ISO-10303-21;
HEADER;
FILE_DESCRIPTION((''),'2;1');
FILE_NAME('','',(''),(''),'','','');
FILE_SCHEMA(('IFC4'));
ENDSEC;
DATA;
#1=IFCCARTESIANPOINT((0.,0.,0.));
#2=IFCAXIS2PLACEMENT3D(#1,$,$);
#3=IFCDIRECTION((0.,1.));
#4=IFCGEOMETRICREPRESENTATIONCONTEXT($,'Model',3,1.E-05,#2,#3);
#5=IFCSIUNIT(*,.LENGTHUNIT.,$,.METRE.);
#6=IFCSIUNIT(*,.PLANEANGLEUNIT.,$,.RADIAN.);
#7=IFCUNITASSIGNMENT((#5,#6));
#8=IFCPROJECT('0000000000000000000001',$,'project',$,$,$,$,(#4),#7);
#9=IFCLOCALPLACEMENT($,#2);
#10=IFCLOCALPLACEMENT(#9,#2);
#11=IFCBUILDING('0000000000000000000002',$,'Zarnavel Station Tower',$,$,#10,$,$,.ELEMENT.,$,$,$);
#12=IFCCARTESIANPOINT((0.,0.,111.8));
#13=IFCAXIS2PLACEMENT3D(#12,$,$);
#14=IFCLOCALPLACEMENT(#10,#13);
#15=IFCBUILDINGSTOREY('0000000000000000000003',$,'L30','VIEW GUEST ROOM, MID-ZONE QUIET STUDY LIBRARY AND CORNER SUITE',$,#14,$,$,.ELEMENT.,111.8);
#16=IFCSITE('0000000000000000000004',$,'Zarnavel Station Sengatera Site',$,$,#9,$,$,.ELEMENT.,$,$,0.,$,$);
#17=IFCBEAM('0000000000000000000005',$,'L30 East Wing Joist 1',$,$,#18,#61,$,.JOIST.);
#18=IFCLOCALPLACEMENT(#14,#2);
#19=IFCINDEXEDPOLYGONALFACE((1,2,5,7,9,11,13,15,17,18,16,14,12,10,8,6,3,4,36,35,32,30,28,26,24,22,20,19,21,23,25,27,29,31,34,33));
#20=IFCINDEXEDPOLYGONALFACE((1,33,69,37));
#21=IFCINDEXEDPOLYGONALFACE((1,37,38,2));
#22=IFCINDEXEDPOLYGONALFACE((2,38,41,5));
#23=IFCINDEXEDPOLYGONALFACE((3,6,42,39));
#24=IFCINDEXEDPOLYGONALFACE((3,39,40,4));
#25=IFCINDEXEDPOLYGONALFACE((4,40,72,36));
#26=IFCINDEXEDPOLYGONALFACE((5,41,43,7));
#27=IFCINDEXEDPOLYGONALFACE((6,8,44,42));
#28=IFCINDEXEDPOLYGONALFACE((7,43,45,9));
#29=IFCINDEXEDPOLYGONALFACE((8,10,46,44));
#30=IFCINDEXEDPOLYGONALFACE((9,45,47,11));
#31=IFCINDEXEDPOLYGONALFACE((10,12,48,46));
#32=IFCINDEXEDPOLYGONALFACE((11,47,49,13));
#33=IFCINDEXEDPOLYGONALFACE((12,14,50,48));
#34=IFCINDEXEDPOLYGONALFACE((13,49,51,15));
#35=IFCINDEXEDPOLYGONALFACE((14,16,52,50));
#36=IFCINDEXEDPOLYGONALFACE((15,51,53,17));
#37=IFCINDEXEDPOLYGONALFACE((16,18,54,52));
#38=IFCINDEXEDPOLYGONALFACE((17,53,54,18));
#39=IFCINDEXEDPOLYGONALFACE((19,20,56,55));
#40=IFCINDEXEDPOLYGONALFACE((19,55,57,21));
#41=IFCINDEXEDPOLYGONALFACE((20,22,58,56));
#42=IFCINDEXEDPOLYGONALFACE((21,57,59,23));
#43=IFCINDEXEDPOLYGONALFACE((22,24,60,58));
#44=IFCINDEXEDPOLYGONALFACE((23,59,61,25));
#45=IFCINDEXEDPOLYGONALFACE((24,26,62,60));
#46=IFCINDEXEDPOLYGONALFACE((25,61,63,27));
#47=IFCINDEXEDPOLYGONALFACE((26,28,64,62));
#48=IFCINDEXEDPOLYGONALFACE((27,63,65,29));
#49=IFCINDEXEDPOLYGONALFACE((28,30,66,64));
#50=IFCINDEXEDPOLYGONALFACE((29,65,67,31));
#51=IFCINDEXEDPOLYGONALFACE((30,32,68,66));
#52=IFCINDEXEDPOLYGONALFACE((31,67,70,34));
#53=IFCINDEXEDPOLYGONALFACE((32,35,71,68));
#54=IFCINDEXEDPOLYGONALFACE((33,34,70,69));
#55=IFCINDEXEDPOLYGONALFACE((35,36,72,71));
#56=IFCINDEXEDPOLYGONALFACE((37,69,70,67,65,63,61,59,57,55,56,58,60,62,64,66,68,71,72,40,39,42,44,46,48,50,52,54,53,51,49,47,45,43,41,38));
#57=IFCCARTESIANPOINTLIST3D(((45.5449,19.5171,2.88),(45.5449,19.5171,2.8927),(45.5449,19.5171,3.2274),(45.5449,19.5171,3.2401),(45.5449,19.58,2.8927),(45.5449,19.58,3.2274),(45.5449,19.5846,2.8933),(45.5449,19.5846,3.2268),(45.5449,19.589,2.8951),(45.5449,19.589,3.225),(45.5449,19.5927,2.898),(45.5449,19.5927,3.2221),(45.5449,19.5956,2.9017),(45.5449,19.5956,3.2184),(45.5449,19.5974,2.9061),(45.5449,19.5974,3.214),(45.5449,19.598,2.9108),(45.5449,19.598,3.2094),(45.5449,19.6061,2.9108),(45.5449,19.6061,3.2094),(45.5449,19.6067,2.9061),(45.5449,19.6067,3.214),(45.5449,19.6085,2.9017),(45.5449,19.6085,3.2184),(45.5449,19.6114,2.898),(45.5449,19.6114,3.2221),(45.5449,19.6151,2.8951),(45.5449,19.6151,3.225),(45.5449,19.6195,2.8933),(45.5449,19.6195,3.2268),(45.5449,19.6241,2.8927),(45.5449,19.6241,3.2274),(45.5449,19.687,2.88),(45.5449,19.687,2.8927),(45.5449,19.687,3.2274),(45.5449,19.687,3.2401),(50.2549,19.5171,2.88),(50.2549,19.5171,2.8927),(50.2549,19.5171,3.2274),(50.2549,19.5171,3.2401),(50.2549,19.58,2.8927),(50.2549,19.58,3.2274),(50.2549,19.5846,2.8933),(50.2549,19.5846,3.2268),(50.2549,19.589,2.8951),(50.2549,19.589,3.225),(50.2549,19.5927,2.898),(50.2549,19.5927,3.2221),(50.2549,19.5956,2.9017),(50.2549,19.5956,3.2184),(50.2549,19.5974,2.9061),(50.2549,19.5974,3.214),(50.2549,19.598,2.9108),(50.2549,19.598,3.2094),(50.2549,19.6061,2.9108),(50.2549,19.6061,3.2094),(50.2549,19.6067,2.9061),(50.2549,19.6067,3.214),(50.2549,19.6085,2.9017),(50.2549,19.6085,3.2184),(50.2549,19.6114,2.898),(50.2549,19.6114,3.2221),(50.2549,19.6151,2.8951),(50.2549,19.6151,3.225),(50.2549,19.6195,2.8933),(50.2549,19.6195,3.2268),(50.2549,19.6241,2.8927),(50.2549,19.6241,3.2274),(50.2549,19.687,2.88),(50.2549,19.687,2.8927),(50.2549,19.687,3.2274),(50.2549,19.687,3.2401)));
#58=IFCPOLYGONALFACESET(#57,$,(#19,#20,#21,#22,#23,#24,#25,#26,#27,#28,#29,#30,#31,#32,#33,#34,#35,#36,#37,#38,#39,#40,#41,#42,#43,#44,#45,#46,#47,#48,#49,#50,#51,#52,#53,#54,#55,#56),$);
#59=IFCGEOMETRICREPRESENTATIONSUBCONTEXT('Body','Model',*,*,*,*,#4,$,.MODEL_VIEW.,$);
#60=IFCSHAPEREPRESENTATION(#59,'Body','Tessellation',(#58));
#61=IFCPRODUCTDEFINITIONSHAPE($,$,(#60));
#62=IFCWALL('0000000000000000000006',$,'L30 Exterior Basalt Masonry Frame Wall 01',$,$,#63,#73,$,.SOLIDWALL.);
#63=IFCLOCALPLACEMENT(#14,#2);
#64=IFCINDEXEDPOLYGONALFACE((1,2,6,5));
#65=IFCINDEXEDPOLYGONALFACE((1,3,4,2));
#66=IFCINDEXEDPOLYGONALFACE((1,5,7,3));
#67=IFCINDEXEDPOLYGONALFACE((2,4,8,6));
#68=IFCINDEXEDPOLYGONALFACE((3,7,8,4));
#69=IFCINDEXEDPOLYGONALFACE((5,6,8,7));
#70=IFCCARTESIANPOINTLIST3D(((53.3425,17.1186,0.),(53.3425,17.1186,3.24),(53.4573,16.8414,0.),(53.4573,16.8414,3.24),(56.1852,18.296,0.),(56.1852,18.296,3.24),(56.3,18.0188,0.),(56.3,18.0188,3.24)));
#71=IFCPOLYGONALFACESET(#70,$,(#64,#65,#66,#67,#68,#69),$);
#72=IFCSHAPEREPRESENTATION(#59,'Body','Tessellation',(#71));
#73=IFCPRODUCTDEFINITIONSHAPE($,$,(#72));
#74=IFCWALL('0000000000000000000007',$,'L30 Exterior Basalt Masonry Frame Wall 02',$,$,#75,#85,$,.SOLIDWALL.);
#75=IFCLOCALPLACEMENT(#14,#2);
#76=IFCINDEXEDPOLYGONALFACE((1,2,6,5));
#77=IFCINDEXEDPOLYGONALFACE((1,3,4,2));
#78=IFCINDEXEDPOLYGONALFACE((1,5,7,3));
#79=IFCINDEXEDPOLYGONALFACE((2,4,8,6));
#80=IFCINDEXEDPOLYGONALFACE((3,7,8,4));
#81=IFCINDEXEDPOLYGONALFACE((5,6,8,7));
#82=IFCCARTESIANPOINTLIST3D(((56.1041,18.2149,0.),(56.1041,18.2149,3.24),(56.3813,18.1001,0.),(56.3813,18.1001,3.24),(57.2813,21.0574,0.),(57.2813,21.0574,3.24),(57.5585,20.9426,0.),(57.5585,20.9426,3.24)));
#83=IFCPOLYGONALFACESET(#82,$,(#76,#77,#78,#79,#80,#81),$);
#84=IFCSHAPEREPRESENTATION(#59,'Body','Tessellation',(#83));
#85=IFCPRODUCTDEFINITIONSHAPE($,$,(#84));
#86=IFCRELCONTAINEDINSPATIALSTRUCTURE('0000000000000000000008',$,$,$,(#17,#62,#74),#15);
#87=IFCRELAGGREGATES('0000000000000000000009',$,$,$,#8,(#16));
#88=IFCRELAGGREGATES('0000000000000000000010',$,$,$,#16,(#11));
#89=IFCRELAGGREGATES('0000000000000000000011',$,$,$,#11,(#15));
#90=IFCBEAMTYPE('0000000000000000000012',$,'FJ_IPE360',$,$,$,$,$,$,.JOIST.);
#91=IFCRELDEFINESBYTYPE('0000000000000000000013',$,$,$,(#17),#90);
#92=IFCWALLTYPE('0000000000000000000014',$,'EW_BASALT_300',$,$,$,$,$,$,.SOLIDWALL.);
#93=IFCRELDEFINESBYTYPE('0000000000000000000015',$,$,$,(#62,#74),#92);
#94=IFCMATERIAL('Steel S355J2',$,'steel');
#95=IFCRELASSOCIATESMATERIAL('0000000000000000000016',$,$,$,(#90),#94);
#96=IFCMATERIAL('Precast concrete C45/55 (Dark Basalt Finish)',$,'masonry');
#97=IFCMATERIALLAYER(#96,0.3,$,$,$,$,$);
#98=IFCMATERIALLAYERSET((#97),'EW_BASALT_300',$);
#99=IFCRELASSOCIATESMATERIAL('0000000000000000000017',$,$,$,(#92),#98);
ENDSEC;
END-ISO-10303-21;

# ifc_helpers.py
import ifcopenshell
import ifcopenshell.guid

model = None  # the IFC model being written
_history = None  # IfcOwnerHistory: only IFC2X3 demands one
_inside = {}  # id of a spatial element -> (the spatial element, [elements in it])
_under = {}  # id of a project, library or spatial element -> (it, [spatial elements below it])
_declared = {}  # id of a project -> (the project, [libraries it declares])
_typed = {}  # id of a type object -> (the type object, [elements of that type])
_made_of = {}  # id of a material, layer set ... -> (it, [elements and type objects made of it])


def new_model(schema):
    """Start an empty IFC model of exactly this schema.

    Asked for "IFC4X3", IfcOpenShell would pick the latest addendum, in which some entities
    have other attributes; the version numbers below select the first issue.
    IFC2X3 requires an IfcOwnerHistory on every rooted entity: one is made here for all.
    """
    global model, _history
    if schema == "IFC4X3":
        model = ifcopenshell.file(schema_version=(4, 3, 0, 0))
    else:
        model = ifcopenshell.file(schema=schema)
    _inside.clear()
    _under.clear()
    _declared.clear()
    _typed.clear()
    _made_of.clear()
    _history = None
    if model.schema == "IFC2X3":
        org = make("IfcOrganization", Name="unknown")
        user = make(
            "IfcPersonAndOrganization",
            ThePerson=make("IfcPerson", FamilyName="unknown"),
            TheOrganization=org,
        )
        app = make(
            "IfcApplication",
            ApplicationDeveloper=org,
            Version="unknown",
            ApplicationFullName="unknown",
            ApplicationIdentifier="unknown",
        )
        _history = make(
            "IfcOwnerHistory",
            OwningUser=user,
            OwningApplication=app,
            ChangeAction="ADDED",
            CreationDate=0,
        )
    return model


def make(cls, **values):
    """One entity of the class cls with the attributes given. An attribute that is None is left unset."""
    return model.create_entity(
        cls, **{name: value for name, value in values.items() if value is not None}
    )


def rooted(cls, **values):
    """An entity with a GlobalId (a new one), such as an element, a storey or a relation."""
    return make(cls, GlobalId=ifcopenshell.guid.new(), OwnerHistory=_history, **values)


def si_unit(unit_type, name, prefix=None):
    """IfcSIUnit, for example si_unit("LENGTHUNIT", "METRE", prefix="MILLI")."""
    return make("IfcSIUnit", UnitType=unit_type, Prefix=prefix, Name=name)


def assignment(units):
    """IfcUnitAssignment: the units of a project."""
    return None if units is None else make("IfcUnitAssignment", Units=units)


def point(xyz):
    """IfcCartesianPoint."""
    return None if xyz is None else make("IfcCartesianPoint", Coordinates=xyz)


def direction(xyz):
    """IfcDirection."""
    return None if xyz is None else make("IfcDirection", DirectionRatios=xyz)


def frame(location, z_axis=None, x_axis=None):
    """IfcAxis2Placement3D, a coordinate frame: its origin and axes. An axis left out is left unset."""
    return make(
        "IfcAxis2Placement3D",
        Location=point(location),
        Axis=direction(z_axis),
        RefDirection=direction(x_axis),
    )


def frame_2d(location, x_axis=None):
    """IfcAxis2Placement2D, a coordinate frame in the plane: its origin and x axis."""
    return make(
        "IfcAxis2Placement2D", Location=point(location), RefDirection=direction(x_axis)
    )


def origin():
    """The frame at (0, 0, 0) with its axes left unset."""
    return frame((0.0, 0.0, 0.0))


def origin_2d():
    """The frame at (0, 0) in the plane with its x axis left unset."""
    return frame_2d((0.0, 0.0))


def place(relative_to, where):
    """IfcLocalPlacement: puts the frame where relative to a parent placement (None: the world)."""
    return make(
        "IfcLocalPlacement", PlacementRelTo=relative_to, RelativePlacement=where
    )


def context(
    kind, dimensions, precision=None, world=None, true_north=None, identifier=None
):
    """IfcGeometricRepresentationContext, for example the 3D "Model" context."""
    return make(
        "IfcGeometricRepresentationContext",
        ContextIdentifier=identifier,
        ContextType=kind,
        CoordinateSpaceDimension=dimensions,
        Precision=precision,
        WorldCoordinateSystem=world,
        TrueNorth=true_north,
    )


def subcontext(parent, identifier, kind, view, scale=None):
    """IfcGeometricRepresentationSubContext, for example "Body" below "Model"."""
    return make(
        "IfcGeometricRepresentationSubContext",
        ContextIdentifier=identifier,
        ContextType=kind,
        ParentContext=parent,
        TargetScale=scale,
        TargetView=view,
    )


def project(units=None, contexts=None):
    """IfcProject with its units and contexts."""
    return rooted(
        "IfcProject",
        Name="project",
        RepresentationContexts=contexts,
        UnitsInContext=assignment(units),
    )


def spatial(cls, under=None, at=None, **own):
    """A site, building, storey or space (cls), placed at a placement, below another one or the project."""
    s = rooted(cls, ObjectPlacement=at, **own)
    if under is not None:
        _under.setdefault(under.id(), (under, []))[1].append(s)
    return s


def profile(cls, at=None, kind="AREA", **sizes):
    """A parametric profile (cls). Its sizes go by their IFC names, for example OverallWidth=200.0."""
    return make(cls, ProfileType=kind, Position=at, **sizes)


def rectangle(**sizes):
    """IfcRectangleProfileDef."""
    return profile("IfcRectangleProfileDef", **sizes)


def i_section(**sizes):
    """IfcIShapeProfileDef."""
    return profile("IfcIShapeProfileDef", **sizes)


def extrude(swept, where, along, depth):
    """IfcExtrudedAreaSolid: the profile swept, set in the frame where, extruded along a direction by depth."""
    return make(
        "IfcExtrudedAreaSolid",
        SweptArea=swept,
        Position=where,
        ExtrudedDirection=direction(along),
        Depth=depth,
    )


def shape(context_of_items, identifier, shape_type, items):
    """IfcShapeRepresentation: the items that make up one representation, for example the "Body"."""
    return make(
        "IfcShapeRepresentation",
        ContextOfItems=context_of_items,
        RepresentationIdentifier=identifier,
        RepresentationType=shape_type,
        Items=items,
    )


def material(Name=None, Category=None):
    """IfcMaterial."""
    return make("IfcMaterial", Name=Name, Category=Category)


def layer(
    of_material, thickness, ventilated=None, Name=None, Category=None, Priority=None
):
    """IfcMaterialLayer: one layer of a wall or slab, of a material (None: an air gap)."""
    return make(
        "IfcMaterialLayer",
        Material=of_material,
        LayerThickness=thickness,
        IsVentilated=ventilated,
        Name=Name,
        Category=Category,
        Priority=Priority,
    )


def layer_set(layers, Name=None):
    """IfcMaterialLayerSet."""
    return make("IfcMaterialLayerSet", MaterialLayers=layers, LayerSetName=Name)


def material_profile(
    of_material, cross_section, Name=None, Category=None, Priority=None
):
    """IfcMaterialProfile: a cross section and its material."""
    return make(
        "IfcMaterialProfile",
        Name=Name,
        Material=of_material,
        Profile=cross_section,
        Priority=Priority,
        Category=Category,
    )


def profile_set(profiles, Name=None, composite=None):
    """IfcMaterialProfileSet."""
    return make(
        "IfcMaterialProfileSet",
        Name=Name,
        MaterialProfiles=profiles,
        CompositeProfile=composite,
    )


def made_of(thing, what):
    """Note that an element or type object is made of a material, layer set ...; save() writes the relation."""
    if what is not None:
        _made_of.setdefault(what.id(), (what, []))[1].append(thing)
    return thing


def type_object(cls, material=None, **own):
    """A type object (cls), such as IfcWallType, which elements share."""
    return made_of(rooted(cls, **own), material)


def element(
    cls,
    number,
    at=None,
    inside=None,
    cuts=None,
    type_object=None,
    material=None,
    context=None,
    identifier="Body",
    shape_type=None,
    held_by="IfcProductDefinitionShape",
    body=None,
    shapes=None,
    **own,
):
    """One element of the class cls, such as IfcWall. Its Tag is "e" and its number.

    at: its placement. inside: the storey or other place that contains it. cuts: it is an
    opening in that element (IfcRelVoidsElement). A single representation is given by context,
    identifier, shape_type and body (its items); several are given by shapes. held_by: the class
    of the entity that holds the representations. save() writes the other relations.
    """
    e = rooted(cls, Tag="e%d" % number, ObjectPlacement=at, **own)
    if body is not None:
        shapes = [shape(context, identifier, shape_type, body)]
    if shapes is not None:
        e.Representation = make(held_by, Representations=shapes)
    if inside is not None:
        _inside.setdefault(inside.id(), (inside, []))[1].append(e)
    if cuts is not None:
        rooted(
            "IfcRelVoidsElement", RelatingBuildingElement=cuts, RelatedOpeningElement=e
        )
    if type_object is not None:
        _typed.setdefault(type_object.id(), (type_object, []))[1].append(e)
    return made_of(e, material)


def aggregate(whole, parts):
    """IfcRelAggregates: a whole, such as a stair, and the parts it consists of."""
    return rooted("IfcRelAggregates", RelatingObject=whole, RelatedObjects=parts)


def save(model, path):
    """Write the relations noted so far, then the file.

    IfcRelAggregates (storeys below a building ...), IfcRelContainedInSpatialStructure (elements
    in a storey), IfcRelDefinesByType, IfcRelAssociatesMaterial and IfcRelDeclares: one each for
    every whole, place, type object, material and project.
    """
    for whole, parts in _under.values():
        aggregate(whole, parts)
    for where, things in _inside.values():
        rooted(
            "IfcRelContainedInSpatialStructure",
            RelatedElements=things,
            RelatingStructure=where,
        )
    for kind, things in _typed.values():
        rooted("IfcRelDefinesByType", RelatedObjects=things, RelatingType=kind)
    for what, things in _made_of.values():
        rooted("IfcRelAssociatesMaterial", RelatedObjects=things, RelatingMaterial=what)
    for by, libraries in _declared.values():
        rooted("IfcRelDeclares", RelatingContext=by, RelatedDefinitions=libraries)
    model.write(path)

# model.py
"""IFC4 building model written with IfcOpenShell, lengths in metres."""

from ifc_helpers import new_model, si_unit, direction, frame, frame_2d, origin, origin_2d, place, context, subcontext, project, spatial, rectangle, i_section, extrude, material, layer, layer_set, material_profile, profile_set, type_object, element, save


model = new_model("IFC4")

# Units and contexts
model_context = context("Model", 3, precision=1e-05, world=origin(), true_north=direction((0.0, 1.0)))
body_context = subcontext(model_context, "Body", "Model", "MODEL_VIEW")
ifc_project = project(units=[si_unit("LENGTHUNIT", "METRE"), si_unit("PLANEANGLEUNIT", "RADIAN")], contexts=[model_context])

# Site, building, storey
site_placement = place(None, origin())
site = spatial("IfcSite", under=ifc_project, at=site_placement, Name="Zarnavel Station Sengatera Site", CompositionType="ELEMENT", RefElevation=0.0)
building_placement = place(site_placement, origin())
building = spatial("IfcBuilding", under=site, at=building_placement, Name="Zarnavel Station Tower", CompositionType="ELEMENT")
storey_placement = place(building_placement, frame((0.0, 0.0, 111.8)))
storey = spatial("IfcBuildingStorey", under=building, at=storey_placement, Name="L30", Description="VIEW GUEST ROOM, MID-ZONE QUIET STUDY LIBRARY AND CORNER SUITE", CompositionType="ELEMENT", Elevation=111.8)

# Beam
ifc_material_1 = material(Name="Steel S355J2", Category="steel")
ifc_material_profile_1 = material_profile(ifc_material_1, i_section(OverallWidth=0.1699, OverallDepth=0.3601, WebThickness=0.0081, FlangeThickness=0.0127, FilletRadius=0.0181, at=origin_2d()), Name="IPE360")
ifc_profile_set_1 = profile_set([ifc_material_profile_1], Name="Steel S355J2")
beam_type_1 = type_object("IfcBeamType", Name="FJ_IPE360", PredefinedType="JOIST", material=ifc_profile_set_1)
beam_1_placement = place(storey_placement, frame((45.5449, 19.6021, 3.0601), z_axis=(1.0, 0.0, 0.0), x_axis=(0.0, 1.0, 0.0)))
element("IfcBeam", 1, at=beam_1_placement, inside=storey, type_object=beam_type_1, Name="L30 East Wing Joist 1", PredefinedType="JOIST", context=body_context, shape_type="SweptSolid", body=[
    extrude(i_section(OverallWidth=0.1699, OverallDepth=0.3601, WebThickness=0.0081, FlangeThickness=0.0127, FilletRadius=0.0181, at=origin_2d()), origin(), (0.0, 0.0, 1.0), 4.71),
])

# Walls
ifc_material_2 = material(Name="Precast concrete C45/55 (Dark Basalt Finish)", Category="masonry")
ifc_layer_1 = layer(ifc_material_2, 0.3)
ifc_layer_set_1 = layer_set([ifc_layer_1], Name="EW_BASALT_300")
wall_type_1 = type_object("IfcWallType", Name="EW_BASALT_300", PredefinedType="SOLIDWALL", material=ifc_layer_set_1)
wall_1_placement = place(storey_placement, frame((56.2427, 18.1575, 0.0), z_axis=(0.0, 0.0, 1.0), x_axis=(-0.923882, -0.382676, 0.0)))
element("IfcWall", 2, at=wall_1_placement, inside=storey, type_object=wall_type_1, Name="L30 Exterior Basalt Masonry Frame Wall 01", PredefinedType="SOLIDWALL", context=body_context, shape_type="SweptSolid", body=[
    extrude(rectangle(XDim=3.0769, YDim=0.3, at=frame_2d((1.5386, 0.0))), origin(), (0.0, 0.0, 1.0), 3.24),
])
wall_2_placement = place(storey_placement, frame((57.4199, 21.0, 0.0), z_axis=(0.0, 0.0, 1.0), x_axis=(-0.382637, -0.923899, 0.0)))
element("IfcWall", 3, at=wall_2_placement, inside=storey, type_object=wall_type_1, Name="L30 Exterior Basalt Masonry Frame Wall 02", PredefinedType="SOLIDWALL", context=body_context, shape_type="SweptSolid", body=[
    extrude(rectangle(XDim=3.0767, YDim=0.3, at=frame_2d((1.5383, 0.0))), origin(), (0.0, 0.0, 1.0), 3.24),
])

save(model, "model.ifc")
